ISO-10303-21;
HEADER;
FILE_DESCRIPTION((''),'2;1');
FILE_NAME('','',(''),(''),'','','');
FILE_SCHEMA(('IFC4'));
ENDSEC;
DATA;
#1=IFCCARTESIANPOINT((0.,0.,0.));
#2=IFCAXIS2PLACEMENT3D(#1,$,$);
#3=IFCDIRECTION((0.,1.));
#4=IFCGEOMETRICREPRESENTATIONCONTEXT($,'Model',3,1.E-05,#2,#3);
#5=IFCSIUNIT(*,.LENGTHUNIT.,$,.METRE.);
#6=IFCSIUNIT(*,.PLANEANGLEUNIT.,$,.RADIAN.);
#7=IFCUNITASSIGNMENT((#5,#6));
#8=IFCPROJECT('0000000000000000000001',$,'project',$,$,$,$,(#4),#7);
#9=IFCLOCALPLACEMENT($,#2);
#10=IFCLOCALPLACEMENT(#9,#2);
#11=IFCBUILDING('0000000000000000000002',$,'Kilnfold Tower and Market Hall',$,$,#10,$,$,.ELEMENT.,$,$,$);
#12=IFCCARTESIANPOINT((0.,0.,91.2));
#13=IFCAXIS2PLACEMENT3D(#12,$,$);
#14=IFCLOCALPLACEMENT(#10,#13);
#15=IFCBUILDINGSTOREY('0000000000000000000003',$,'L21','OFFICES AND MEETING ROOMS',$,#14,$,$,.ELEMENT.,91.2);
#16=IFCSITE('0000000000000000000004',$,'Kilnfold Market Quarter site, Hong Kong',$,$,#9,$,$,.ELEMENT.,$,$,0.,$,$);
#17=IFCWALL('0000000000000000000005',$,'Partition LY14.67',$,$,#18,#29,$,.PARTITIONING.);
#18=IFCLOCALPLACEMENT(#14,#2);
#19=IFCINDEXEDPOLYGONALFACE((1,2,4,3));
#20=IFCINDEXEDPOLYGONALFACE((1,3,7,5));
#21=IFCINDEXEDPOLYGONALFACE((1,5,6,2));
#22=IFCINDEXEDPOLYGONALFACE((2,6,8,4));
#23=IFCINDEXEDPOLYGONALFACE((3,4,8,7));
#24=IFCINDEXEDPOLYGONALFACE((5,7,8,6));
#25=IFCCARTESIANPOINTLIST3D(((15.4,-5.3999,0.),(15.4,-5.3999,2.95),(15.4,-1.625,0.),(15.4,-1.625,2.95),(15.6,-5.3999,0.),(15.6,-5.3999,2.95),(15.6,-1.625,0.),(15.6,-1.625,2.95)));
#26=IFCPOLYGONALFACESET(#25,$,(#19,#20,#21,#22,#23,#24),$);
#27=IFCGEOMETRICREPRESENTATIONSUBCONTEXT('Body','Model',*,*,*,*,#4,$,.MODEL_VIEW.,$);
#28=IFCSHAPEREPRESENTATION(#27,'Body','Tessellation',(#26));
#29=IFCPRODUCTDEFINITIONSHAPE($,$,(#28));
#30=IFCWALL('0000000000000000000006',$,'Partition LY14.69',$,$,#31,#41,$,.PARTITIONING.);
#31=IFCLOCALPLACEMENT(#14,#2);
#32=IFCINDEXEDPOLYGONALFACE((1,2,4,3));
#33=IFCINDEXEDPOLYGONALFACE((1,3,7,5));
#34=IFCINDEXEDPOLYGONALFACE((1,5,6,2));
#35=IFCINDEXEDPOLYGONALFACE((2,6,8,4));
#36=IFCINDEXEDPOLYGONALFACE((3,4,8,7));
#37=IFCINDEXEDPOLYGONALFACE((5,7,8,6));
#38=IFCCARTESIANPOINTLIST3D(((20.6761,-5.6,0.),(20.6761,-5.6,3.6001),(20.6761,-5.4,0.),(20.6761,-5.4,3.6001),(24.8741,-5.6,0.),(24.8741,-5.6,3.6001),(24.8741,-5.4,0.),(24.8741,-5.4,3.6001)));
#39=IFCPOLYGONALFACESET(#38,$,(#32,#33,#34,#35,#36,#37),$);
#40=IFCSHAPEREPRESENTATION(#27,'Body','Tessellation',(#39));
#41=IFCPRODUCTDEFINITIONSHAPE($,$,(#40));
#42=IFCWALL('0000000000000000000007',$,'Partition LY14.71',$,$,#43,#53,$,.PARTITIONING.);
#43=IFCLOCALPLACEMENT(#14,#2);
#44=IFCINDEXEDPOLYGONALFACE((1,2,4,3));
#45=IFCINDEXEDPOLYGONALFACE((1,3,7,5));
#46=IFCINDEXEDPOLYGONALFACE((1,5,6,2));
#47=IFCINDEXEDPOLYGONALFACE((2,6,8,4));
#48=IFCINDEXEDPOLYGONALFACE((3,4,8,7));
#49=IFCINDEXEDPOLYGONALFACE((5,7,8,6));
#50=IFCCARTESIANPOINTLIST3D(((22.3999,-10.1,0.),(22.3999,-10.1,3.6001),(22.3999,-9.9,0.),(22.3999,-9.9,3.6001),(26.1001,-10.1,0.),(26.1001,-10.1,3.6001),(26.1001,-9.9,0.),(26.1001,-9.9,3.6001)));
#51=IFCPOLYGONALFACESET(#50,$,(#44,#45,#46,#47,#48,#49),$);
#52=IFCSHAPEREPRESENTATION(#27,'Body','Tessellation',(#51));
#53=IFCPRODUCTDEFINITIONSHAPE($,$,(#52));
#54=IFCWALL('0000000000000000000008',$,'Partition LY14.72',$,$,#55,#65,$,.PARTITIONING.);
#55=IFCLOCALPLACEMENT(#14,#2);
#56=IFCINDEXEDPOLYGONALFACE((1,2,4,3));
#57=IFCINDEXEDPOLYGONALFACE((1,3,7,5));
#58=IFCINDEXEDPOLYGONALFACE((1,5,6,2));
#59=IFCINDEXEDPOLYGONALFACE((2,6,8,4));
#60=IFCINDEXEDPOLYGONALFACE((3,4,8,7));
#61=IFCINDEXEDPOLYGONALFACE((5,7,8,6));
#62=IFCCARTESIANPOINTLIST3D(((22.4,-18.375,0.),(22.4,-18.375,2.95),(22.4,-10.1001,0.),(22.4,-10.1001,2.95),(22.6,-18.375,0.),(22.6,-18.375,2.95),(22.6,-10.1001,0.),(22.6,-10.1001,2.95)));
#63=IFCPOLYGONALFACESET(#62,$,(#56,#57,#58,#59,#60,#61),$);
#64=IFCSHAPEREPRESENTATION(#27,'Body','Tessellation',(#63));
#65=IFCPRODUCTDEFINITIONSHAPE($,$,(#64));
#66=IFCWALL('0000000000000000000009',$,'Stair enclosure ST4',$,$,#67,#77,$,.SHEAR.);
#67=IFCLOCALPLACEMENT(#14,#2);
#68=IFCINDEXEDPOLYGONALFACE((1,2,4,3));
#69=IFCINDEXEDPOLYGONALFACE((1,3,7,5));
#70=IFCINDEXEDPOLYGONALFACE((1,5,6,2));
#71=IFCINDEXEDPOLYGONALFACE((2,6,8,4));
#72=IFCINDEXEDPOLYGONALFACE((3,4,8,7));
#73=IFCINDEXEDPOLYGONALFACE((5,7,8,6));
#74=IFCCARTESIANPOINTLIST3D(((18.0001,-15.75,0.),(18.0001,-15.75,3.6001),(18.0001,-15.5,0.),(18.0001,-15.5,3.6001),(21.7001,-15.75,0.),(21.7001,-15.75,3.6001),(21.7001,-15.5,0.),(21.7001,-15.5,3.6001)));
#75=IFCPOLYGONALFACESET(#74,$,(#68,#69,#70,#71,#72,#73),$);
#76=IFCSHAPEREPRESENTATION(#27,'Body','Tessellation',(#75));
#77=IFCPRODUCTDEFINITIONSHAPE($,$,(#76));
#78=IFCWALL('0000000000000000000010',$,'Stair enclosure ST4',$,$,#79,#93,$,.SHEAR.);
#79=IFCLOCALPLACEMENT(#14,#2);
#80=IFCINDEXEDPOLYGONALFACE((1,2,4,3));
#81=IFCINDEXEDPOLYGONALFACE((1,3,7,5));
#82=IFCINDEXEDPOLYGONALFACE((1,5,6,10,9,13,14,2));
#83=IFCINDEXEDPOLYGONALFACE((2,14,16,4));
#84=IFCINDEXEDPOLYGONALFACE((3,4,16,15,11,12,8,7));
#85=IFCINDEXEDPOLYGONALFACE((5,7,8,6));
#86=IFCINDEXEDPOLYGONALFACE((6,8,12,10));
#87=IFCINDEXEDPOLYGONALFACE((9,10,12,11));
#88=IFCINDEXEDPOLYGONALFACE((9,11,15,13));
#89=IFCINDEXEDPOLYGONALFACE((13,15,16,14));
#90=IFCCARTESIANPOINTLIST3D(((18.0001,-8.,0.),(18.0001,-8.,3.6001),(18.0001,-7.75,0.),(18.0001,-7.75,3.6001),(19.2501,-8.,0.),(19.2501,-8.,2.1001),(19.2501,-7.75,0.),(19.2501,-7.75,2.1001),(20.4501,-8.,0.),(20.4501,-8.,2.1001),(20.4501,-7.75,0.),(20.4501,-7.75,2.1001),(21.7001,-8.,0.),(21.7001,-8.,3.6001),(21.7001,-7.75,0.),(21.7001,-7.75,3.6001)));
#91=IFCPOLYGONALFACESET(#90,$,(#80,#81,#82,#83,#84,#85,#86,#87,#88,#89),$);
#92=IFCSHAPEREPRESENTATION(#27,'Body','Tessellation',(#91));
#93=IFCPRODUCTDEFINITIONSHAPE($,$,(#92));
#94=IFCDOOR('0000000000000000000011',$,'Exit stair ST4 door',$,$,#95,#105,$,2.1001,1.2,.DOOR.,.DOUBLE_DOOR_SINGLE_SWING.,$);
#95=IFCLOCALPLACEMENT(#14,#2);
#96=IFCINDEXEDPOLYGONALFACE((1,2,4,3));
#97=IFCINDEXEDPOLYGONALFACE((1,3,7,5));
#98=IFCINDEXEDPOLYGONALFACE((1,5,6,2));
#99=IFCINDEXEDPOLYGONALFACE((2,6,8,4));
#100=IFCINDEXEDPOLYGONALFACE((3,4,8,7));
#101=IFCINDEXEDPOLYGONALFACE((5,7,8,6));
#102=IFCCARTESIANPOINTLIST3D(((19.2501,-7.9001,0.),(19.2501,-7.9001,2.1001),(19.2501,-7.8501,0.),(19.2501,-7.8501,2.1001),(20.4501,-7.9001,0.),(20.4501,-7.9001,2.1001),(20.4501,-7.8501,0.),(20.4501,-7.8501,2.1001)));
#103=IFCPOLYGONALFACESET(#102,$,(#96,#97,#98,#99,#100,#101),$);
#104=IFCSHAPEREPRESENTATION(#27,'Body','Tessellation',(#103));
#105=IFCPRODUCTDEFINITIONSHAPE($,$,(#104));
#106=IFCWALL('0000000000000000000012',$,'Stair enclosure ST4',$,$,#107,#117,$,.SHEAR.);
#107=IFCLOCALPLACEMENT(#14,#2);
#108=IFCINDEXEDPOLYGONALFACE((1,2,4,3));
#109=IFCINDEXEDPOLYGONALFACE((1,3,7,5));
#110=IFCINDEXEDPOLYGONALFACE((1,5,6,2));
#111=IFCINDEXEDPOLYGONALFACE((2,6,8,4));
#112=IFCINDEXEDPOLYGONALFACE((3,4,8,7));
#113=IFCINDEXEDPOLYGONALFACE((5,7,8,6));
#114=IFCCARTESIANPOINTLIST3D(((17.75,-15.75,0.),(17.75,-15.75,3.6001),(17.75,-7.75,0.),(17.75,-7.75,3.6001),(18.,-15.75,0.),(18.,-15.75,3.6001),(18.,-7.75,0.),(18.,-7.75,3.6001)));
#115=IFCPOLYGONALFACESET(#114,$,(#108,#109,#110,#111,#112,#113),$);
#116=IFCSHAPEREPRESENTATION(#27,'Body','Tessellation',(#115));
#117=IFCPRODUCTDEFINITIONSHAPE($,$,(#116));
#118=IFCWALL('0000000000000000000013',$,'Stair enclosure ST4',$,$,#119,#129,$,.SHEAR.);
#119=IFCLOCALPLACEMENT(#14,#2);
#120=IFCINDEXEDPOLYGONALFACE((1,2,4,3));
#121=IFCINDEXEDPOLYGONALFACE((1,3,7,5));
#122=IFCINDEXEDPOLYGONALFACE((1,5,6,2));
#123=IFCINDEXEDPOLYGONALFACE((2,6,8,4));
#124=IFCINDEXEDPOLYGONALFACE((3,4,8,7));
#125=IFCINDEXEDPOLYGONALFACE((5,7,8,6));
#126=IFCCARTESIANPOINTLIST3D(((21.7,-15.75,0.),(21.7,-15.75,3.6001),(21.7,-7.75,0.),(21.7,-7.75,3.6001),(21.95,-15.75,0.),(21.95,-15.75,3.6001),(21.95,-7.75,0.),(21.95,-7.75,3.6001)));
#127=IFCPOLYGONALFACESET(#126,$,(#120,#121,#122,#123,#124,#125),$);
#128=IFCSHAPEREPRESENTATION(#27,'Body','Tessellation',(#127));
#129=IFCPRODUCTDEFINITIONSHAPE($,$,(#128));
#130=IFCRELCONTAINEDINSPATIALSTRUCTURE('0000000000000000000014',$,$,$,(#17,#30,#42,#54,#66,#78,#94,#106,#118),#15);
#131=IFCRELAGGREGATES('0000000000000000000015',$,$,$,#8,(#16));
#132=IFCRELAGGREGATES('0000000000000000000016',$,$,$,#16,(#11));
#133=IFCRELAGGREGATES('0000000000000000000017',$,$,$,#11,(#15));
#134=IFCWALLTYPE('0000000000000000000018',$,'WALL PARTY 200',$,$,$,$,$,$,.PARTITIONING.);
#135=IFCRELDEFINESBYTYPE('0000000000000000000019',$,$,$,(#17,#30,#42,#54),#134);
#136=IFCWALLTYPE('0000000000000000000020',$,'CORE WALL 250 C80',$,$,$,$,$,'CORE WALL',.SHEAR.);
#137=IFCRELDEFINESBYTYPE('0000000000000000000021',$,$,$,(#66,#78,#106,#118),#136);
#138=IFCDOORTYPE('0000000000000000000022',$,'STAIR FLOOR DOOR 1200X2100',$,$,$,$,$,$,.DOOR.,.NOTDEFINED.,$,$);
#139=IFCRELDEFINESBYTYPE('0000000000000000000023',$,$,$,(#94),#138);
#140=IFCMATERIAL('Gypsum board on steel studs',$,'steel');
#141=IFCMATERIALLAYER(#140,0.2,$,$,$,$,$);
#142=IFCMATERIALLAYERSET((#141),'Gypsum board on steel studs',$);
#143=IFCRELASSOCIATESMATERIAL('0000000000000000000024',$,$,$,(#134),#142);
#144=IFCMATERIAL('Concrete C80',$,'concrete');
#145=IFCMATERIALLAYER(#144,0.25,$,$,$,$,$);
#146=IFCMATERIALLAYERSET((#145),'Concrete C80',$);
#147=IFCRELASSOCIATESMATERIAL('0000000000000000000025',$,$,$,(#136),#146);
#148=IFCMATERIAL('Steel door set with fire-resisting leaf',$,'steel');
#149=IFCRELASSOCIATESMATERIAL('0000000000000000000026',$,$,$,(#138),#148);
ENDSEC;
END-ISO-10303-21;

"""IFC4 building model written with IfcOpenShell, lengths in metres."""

from ifc_helpers import new_model, si_unit, direction, frame, frame_2d, origin, place, context, subcontext, project, spatial, rectangle, extrude, source, transform, mapped, material, layer, layer_set, type_object, element, fill, save


model = new_model("IFC4")

# Units and contexts
model_context = context("Model", 3, precision=1e-05, world=origin(), true_north=direction((0.0, 1.0)))
body_context = subcontext(model_context, "Body", "Model", "MODEL_VIEW")
ifc_project = project(units=[si_unit("LENGTHUNIT", "METRE"), si_unit("PLANEANGLEUNIT", "RADIAN")], contexts=[model_context])

# Site, building, storey
site_placement = place(None, origin())
site = spatial("IfcSite", under=ifc_project, at=site_placement, Name="Kilnfold Market Quarter site, Hong Kong", CompositionType="ELEMENT", RefElevation=0.0)
building_placement = place(site_placement, origin())
building = spatial("IfcBuilding", under=site, at=building_placement, Name="Kilnfold Tower and Market Hall", CompositionType="ELEMENT")
storey_placement = place(building_placement, frame((0.0, 0.0, 91.2)))
storey = spatial("IfcBuildingStorey", under=building, at=storey_placement, Name="L21", Description="OFFICES AND MEETING ROOMS", CompositionType="ELEMENT", Elevation=91.2)

# Walls
ifc_material_1 = material(Name="Gypsum board on steel studs", Category="steel")
ifc_layer_1 = layer(ifc_material_1, 0.2)
ifc_layer_set_1 = layer_set([ifc_layer_1], Name="Gypsum board on steel studs")
wall_type_1 = type_object("IfcWallType", Name="WALL PARTY 200", PredefinedType="PARTITIONING", material=ifc_layer_set_1)
wall_1_placement = place(storey_placement, frame((15.5, -5.3999, 0.0), z_axis=(0.0, 0.0, 1.0), x_axis=(0.0, 1.0, 0.0)))
element("IfcWall", 1, at=wall_1_placement, inside=storey, type_object=wall_type_1, Name="Partition LY14.67", PredefinedType="PARTITIONING", context=body_context, shape_type="SweptSolid", body=[
    extrude(rectangle(XDim=3.7749, YDim=0.2, at=frame_2d((1.8875, 0.0))), origin(), (0.0, 0.0, 1.0), 2.95),
])
wall_2_placement = place(storey_placement, frame((20.676, -5.5, 0.0), z_axis=(0.0, 0.0, 1.0), x_axis=(1.0, 0.0, 0.0)))
element("IfcWall", 2, at=wall_2_placement, inside=storey, type_object=wall_type_1, Name="Partition LY14.69", PredefinedType="PARTITIONING", context=body_context, shape_type="SweptSolid", body=[
    extrude(rectangle(XDim=4.198, YDim=0.2, at=frame_2d((2.0991, 0.0))), origin(), (0.0, 0.0, 1.0), 3.6001),
])
wall_3_placement = place(storey_placement, frame((22.3999, -10.0, 0.0), z_axis=(0.0, 0.0, 1.0), x_axis=(1.0, 0.0, 0.0)))
element("IfcWall", 3, at=wall_3_placement, inside=storey, type_object=wall_type_1, Name="Partition LY14.71", PredefinedType="PARTITIONING", context=body_context, shape_type="SweptSolid", body=[
    extrude(rectangle(XDim=3.7002, YDim=0.2, at=frame_2d((1.8501, 0.0))), origin(), (0.0, 0.0, 1.0), 3.6001),
])
wall_4_placement = place(storey_placement, frame((22.5, -18.375, 0.0), z_axis=(0.0, 0.0, 1.0), x_axis=(0.0, 1.0, 0.0)))
element("IfcWall", 4, at=wall_4_placement, inside=storey, type_object=wall_type_1, Name="Partition LY14.72", PredefinedType="PARTITIONING", context=body_context, shape_type="SweptSolid", body=[
    extrude(rectangle(XDim=8.2749, YDim=0.2, at=frame_2d((4.1375, 0.0))), origin(), (0.0, 0.0, 1.0), 2.95),
])
ifc_material_2 = material(Name="Concrete C80", Category="concrete")
ifc_layer_2 = layer(ifc_material_2, 0.25)
ifc_layer_set_2 = layer_set([ifc_layer_2], Name="Concrete C80")
wall_type_2 = type_object("IfcWallType", Name="CORE WALL 250 C80", ElementType="CORE WALL", PredefinedType="SHEAR", material=ifc_layer_set_2)
shared_shape_1 = source(origin(), body_context, "Body", "SweptSolid", [
    extrude(rectangle(XDim=3.7, YDim=0.25, at=frame_2d((1.8501, 0.0))), origin(), (0.0, 0.0, 1.0), 3.6001),
])
wall_5_placement = place(storey_placement, frame((18.0, -15.625, 0.0), z_axis=(0.0, 0.0, 1.0), x_axis=(1.0, 0.0, 0.0)))
element("IfcWall", 5, at=wall_5_placement, inside=storey, type_object=wall_type_2, Name="Stair enclosure ST4", PredefinedType="SHEAR", context=body_context, shape_type="MappedRepresentation", body=[
    mapped(shared_shape_1, transform((0.0, 0.0, 0.0))),
])

# Wall, opening, door
wall_6_placement = place(storey_placement, frame((18.0, -7.875, 0.0), z_axis=(0.0, 0.0, 1.0), x_axis=(1.0, 0.0, 0.0)))
wall_6 = element("IfcWall", 6, at=wall_6_placement, inside=storey, type_object=wall_type_2, Name="Stair enclosure ST4", PredefinedType="SHEAR", context=body_context, shape_type="MappedRepresentation", body=[
    mapped(shared_shape_1, transform((0.0, 0.0, 0.0))),
])
opening_placement = place(wall_6_placement, frame((1.25, 0.0, 0.0)))
opening = element("IfcOpeningElement", 7, at=opening_placement, cuts=wall_6, PredefinedType="OPENING", context=body_context, shape_type="SweptSolid", body=[
    extrude(rectangle(XDim=1.2, YDim=2.1001, at=frame_2d((0.6001, 1.05))), frame((0.0, 0.135, 0.0), z_axis=(0.0, -1.0, 0.0), x_axis=(1.0, 0.0, 0.0)), (0.0, 0.0, 1.0), 0.27),
])
ifc_material_3 = material(Name="Steel door set with fire-resisting leaf", Category="steel")
door_type = type_object("IfcDoorType", Name="STAIR FLOOR DOOR 1200X2100", OperationType="NOTDEFINED", PredefinedType="DOOR", material=ifc_material_3)
door_placement = place(opening_placement, origin())
door = element("IfcDoor", 8, at=door_placement, inside=storey, type_object=door_type, Name="Exit stair ST4 door", OperationType="DOUBLE_DOOR_SINGLE_SWING", OverallHeight=2.1001, OverallWidth=1.2, PredefinedType="DOOR", context=body_context, shape_type="SweptSolid", body=[
    extrude(rectangle(XDim=1.2, YDim=2.1001, at=frame_2d((0.6001, 1.05))), frame((0.0, 0.0249, 0.0), z_axis=(0.0, -1.0, 0.0), x_axis=(1.0, 0.0, 0.0)), (0.0, 0.0, 1.0), 0.05),
])
fill(opening, door)

# Walls
shared_shape_2 = source(origin(), body_context, "Body", "SweptSolid", [
    extrude(rectangle(XDim=8.0, YDim=0.25, at=frame_2d((4.0, 0.0))), origin(), (0.0, 0.0, 1.0), 3.6001),
])
for number, where, z_axis, x_axis, name in (
    (9, (17.875, -15.75, 0.0), (0.0, 0.0, 1.0), (0.0, 1.0, 0.0), "Stair enclosure ST4"),
    (10, (21.825, -15.75, 0.0), (0.0, 0.0, 1.0), (0.0, 1.0, 0.0), "Stair enclosure ST4"),
):
    element("IfcWall", number, at=place(storey_placement, frame(where, z_axis=z_axis, x_axis=x_axis)), inside=storey, type_object=wall_type_2, Name=name, PredefinedType="SHEAR", context=body_context, shape_type="MappedRepresentation", body=[
        mapped(shared_shape_2, transform((0.0, 0.0, 0.0))),
    ])

save(model, "model.ifc")
